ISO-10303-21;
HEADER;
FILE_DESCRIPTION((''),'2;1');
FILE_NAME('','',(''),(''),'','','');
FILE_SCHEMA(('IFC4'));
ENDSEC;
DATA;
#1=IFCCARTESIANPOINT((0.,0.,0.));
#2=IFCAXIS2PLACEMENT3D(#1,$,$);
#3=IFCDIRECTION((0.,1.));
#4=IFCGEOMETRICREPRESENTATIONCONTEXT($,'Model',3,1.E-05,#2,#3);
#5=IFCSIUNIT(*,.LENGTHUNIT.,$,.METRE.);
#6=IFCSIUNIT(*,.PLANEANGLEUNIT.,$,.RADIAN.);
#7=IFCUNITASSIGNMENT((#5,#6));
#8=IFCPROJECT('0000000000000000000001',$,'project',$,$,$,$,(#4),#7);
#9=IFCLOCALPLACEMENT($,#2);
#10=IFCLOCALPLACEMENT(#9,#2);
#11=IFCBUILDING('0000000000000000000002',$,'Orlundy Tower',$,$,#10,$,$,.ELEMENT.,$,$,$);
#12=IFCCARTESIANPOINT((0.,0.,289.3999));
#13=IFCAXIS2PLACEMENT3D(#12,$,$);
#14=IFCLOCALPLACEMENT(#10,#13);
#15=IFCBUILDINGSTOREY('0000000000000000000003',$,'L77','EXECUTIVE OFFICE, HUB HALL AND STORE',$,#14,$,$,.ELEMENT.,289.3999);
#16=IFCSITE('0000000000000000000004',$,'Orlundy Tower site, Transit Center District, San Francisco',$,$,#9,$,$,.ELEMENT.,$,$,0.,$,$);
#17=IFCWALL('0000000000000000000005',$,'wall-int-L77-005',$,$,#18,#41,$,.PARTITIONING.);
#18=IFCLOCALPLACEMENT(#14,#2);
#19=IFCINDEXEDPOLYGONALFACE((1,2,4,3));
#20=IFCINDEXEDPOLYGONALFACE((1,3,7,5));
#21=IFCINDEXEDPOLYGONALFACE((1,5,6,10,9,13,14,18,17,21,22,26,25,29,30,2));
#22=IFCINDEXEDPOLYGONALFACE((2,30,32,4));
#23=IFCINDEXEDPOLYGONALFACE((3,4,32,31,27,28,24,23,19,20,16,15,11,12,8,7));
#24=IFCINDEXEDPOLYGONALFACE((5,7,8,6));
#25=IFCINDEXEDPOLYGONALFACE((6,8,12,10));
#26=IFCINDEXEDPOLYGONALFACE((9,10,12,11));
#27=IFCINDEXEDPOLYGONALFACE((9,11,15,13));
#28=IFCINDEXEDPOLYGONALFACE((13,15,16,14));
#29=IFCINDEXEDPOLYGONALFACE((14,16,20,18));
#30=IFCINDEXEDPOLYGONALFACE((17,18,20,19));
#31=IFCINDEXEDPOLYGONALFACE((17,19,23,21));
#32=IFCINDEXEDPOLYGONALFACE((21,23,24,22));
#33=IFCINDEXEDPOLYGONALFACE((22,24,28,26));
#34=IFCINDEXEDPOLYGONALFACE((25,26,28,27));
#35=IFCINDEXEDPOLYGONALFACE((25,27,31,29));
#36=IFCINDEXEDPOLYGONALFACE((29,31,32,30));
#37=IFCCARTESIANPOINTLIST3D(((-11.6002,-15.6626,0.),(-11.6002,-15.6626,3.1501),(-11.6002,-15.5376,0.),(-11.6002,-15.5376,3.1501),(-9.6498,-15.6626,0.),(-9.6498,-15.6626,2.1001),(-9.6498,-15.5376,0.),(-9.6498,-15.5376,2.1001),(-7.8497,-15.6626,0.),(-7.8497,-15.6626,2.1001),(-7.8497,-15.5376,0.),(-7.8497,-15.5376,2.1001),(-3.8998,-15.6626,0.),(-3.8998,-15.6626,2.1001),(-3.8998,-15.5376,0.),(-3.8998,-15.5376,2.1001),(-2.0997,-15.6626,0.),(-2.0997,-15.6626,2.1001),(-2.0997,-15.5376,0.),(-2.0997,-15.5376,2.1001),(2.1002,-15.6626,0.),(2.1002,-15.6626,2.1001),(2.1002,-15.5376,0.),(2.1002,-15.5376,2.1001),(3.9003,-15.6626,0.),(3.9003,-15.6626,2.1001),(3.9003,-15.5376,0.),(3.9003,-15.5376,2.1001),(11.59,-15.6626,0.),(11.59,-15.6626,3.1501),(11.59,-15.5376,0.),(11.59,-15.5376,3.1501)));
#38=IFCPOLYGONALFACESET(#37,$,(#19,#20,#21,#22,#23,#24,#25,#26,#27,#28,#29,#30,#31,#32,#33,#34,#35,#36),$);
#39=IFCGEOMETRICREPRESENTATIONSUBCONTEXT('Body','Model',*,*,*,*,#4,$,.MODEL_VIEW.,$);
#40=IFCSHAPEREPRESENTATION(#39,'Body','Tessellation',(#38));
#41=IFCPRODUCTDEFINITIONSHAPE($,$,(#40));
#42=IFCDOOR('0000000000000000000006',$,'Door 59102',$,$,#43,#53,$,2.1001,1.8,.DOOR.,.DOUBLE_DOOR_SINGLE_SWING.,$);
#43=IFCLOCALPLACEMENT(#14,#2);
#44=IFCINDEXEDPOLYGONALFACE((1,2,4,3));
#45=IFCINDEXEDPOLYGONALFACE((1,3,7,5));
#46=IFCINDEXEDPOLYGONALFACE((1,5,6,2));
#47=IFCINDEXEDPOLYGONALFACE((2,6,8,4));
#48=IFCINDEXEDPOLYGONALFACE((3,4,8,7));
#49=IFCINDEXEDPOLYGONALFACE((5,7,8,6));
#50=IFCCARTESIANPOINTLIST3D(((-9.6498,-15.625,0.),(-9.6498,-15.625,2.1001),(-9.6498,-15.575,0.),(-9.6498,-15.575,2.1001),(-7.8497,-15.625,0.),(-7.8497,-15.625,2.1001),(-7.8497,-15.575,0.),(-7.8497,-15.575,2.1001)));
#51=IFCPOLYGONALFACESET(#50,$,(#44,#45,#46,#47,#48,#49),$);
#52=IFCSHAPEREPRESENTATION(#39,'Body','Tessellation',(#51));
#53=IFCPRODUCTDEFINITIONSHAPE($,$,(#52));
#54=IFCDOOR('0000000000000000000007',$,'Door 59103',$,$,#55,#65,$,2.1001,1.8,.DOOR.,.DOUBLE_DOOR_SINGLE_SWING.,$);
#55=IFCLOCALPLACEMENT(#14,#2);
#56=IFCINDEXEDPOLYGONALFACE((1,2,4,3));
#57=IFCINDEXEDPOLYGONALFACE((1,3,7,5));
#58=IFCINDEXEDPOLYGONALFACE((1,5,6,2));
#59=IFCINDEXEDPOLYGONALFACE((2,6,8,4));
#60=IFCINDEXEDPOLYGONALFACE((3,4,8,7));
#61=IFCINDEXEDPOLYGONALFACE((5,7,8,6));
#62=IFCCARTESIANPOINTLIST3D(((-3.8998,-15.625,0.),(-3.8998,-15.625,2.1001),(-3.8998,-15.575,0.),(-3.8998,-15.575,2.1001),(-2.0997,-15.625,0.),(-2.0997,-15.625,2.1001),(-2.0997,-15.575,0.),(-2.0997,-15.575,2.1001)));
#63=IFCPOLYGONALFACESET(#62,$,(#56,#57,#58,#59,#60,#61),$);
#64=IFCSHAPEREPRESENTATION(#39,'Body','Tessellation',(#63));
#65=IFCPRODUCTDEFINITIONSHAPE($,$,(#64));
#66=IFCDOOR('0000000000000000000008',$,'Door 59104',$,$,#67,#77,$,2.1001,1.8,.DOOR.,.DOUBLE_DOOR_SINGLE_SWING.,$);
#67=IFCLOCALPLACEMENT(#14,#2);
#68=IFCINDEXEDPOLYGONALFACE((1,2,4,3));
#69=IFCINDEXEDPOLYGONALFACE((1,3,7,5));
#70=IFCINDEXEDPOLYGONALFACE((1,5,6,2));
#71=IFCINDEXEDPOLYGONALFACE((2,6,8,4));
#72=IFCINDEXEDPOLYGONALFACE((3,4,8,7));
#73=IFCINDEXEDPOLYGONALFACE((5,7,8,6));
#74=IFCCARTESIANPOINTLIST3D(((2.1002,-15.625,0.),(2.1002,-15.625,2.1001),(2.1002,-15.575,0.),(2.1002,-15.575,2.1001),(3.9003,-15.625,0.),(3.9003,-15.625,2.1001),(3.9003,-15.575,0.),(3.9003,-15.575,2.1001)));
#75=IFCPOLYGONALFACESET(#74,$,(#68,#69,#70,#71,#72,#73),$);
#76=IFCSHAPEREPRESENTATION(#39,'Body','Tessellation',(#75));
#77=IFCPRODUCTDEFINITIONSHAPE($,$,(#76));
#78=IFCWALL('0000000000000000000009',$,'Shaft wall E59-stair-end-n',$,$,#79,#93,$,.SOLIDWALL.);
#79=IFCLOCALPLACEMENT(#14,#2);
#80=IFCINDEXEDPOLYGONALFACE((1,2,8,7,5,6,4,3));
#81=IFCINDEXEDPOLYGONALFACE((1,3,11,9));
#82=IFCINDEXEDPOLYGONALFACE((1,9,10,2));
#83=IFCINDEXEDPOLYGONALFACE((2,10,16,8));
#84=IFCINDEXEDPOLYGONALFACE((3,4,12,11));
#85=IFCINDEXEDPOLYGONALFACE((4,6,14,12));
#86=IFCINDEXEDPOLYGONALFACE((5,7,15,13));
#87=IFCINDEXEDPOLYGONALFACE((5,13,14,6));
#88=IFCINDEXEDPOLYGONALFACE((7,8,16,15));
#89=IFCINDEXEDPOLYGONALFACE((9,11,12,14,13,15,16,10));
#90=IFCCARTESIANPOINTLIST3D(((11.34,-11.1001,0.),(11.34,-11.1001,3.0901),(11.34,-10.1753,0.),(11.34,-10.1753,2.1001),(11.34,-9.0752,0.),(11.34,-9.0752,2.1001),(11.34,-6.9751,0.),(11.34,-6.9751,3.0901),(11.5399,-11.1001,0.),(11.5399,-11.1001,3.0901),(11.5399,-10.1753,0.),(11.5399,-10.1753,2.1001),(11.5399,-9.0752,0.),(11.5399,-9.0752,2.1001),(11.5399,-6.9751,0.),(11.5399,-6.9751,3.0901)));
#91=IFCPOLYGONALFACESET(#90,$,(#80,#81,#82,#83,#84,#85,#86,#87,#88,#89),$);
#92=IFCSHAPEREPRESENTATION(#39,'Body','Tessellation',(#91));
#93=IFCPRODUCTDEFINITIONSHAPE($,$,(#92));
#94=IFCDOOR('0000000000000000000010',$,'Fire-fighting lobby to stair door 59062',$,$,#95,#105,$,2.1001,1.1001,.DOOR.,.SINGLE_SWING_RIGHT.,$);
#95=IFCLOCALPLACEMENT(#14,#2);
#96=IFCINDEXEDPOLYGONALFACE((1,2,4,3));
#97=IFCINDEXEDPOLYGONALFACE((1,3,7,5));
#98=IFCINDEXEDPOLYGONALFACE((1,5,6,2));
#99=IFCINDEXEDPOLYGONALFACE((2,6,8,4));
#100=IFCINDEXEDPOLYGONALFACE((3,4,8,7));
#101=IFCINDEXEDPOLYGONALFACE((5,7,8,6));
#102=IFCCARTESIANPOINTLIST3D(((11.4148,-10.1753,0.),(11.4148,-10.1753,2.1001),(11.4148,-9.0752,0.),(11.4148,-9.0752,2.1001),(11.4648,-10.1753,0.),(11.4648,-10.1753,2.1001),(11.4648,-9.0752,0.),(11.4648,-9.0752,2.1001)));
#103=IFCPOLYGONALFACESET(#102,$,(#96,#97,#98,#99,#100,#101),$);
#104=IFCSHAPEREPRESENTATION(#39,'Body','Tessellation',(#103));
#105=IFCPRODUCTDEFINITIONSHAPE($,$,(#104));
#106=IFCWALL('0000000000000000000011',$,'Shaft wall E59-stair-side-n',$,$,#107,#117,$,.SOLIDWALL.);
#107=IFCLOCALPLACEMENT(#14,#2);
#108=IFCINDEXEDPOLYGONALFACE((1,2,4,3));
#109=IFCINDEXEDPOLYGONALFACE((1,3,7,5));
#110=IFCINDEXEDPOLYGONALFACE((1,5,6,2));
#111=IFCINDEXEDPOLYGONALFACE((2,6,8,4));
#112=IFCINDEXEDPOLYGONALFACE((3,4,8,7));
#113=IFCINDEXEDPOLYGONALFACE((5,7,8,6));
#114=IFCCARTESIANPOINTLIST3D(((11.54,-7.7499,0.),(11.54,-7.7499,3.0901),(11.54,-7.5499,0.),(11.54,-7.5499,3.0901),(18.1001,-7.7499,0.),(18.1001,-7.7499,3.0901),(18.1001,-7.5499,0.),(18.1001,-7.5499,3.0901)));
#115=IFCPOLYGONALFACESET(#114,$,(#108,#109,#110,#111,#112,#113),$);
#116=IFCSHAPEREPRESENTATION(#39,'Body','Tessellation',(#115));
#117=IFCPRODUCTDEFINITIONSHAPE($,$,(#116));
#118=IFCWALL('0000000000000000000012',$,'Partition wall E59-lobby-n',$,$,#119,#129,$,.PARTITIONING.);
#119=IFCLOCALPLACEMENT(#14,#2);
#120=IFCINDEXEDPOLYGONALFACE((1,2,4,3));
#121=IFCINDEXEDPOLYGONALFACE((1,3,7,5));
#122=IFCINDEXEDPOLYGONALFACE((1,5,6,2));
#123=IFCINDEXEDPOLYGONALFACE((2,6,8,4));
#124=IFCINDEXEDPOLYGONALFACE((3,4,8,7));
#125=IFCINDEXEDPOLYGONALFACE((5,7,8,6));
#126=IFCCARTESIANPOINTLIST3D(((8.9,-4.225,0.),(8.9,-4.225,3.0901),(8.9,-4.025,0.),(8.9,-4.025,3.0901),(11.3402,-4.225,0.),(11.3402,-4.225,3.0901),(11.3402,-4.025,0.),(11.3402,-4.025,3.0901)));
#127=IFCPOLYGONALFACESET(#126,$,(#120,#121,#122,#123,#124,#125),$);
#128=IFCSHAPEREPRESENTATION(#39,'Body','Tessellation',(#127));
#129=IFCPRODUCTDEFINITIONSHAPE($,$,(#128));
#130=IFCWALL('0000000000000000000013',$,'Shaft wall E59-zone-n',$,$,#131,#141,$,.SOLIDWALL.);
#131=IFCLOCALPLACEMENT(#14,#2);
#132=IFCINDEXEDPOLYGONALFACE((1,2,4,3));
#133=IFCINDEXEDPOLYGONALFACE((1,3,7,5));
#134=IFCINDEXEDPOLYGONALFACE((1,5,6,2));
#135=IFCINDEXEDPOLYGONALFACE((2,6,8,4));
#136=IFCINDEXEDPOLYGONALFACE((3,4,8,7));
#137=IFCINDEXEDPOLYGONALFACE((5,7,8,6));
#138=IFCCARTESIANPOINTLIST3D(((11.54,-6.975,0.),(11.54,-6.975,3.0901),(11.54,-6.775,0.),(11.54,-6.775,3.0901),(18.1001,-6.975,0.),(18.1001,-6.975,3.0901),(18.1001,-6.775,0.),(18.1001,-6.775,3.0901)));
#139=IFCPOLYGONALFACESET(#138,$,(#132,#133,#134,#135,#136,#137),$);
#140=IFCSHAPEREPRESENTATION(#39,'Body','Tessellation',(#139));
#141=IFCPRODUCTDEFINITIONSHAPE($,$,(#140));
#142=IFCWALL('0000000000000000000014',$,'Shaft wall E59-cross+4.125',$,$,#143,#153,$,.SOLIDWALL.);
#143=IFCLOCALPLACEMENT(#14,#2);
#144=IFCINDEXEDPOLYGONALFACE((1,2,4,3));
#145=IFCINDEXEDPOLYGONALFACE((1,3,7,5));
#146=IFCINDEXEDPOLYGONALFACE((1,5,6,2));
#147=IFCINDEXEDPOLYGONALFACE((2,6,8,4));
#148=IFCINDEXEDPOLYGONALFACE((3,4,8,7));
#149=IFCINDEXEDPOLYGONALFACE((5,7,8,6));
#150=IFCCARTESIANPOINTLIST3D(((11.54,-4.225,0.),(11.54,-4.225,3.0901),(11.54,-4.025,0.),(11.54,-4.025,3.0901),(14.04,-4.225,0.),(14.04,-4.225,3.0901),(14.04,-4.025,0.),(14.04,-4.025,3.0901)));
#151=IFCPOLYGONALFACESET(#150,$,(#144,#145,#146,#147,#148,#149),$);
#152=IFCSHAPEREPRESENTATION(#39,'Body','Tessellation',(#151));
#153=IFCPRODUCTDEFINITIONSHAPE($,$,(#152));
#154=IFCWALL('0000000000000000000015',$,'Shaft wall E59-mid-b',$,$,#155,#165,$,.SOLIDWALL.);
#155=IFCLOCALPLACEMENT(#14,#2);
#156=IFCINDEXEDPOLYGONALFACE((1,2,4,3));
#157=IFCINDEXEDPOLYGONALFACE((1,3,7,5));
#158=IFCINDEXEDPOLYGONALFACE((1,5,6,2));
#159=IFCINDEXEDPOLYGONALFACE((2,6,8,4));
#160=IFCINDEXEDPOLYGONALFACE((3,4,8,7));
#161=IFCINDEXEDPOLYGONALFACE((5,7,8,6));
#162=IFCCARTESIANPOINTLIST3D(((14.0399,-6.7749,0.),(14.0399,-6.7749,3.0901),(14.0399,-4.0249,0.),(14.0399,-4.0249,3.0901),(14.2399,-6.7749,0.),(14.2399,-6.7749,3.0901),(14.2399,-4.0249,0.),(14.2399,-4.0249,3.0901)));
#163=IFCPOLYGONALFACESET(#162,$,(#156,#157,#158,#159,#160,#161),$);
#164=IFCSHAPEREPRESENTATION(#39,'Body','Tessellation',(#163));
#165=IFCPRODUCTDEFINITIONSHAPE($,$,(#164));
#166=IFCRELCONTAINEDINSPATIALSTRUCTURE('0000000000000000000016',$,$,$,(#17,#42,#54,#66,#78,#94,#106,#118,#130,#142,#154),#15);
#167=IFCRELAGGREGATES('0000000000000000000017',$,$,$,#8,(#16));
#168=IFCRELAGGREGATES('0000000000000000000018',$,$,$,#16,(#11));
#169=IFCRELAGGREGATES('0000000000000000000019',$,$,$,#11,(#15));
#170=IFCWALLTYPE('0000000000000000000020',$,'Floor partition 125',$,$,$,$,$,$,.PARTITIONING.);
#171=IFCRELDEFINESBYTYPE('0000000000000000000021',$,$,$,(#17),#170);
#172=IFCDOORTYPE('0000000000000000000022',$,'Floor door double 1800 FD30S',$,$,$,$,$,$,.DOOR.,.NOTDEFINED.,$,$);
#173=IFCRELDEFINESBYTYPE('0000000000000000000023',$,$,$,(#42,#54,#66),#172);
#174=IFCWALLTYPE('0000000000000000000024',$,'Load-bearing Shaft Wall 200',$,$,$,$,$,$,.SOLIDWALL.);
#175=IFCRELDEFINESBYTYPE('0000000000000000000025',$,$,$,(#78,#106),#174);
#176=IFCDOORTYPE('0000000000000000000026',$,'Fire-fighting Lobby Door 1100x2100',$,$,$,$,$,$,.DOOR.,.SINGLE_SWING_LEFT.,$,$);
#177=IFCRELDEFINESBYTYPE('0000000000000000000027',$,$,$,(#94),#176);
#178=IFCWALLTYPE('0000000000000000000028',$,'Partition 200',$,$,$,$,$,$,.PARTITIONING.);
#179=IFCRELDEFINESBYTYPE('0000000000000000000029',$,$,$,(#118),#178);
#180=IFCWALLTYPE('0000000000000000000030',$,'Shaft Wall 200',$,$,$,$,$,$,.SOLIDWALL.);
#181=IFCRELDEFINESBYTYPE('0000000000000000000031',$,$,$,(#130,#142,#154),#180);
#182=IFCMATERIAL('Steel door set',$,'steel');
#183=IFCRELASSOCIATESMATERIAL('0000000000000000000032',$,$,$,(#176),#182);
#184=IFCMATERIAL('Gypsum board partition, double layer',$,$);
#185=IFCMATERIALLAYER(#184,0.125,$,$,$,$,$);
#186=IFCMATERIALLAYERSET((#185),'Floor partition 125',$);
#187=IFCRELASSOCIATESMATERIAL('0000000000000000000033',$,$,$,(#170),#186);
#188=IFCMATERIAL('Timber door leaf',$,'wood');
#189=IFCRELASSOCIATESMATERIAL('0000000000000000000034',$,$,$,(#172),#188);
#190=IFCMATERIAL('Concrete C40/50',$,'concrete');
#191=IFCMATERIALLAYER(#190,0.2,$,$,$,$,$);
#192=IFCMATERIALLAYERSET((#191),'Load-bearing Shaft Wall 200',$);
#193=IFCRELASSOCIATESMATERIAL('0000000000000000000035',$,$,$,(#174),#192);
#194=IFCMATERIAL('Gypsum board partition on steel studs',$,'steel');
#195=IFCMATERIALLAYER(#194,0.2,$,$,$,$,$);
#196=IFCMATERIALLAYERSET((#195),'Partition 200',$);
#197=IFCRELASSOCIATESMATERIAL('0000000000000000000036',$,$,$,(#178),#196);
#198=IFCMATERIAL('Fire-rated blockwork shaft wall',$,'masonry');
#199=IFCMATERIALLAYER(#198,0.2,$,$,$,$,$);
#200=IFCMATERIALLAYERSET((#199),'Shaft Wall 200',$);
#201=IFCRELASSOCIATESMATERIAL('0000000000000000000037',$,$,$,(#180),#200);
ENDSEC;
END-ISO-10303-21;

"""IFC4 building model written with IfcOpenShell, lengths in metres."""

from ifc_helpers import new_model, si_unit, direction, frame, frame_2d, origin, place, context, subcontext, project, spatial, rectangle, extrude, material, layer, layer_set, type_object, element, fill, save


model = new_model("IFC4")

# Units and contexts
model_context = context("Model", 3, precision=1e-05, world=origin(), true_north=direction((0.0, 1.0)))
body_context = subcontext(model_context, "Body", "Model", "MODEL_VIEW")
ifc_project = project(units=[si_unit("LENGTHUNIT", "METRE"), si_unit("PLANEANGLEUNIT", "RADIAN")], contexts=[model_context])

# Site, building, storey
site_placement = place(None, origin())
site = spatial("IfcSite", under=ifc_project, at=site_placement, Name="Orlundy Tower site, Transit Center District, San Francisco", CompositionType="ELEMENT", RefElevation=0.0)
building_placement = place(site_placement, origin())
building = spatial("IfcBuilding", under=site, at=building_placement, Name="Orlundy Tower", CompositionType="ELEMENT")
storey_placement = place(building_placement, frame((0.0, 0.0, 289.3999)))
storey = spatial("IfcBuildingStorey", under=building, at=storey_placement, Name="L77", Description="EXECUTIVE OFFICE, HUB HALL AND STORE", CompositionType="ELEMENT", Elevation=289.3999)

# Wall, openings, doors
ifc_material_1 = material(Name="Steel door set", Category="steel")
door_type_1 = type_object("IfcDoorType", Name="Fire-fighting Lobby Door 1100x2100", OperationType="SINGLE_SWING_LEFT", PredefinedType="DOOR", material=ifc_material_1)
ifc_material_2 = material(Name="Gypsum board partition, double layer")
ifc_layer_1 = layer(ifc_material_2, 0.125)
ifc_layer_set_1 = layer_set([ifc_layer_1], Name="Floor partition 125")
wall_type_1 = type_object("IfcWallType", Name="Floor partition 125", PredefinedType="PARTITIONING", material=ifc_layer_set_1)
wall_1_placement = place(storey_placement, frame((11.5901, -15.6001, 0.0), z_axis=(0.0, 0.0, 1.0), x_axis=(-1.0, 0.0, 0.0)))
wall_1 = element("IfcWall", 1, at=wall_1_placement, inside=storey, type_object=wall_type_1, Name="wall-int-L77-005", PredefinedType="PARTITIONING", context=body_context, shape_type="SweptSolid", body=[
    extrude(rectangle(XDim=23.1902, YDim=0.125, at=frame_2d((11.5952, 0.0))), origin(), (0.0, 0.0, 1.0), 3.1501),
])
opening_1_placement = place(wall_1_placement, frame((19.4399, 0.0, 0.0)))
opening_1 = element("IfcOpeningElement", 2, at=opening_1_placement, cuts=wall_1, PredefinedType="OPENING", context=body_context, shape_type="SweptSolid", body=[
    extrude(rectangle(XDim=1.8, YDim=2.1001, at=frame_2d((0.8999, 1.05))), frame((0.0, 0.0725, 0.0), z_axis=(0.0, -1.0, 0.0), x_axis=(1.0, 0.0, 0.0)), (0.0, 0.0, 1.0), 0.145),
])
opening_2_placement = place(wall_1_placement, frame((13.6899, 0.0, 0.0)))
opening_2 = element("IfcOpeningElement", 3, at=opening_2_placement, cuts=wall_1, PredefinedType="OPENING", context=body_context, shape_type="SweptSolid", body=[
    extrude(rectangle(XDim=1.8, YDim=2.1001, at=frame_2d((0.8999, 1.05))), frame((0.0, 0.0725, 0.0), z_axis=(0.0, -1.0, 0.0), x_axis=(1.0, 0.0, 0.0)), (0.0, 0.0, 1.0), 0.145),
])
opening_3_placement = place(wall_1_placement, frame((7.6899, 0.0, 0.0)))
opening_3 = element("IfcOpeningElement", 4, at=opening_3_placement, cuts=wall_1, PredefinedType="OPENING", context=body_context, shape_type="SweptSolid", body=[
    extrude(rectangle(XDim=1.8, YDim=2.1001, at=frame_2d((0.8999, 1.05))), frame((0.0, 0.0725, 0.0), z_axis=(0.0, -1.0, 0.0), x_axis=(1.0, 0.0, 0.0)), (0.0, 0.0, 1.0), 0.145),
])
ifc_material_3 = material(Name="Timber door leaf", Category="wood")
door_type_2 = type_object("IfcDoorType", Name="Floor door double 1800 FD30S", OperationType="NOTDEFINED", PredefinedType="DOOR", material=ifc_material_3)
door_1_placement = place(opening_1_placement, origin())
door_1 = element("IfcDoor", 5, at=door_1_placement, inside=storey, type_object=door_type_2, Name="Door 59102", OperationType="DOUBLE_DOOR_SINGLE_SWING", OverallHeight=2.1001, OverallWidth=1.8, PredefinedType="DOOR", context=body_context, shape_type="SweptSolid", body=[
    extrude(rectangle(XDim=1.8, YDim=2.1001, at=frame_2d((0.8999, 1.05))), frame((0.0, 0.0249, 0.0), z_axis=(0.0, -1.0, 0.0), x_axis=(1.0, 0.0, 0.0)), (0.0, 0.0, 1.0), 0.05),
])
fill(opening_1, door_1)
door_2_placement = place(opening_2_placement, origin())
door_2 = element("IfcDoor", 6, at=door_2_placement, inside=storey, type_object=door_type_2, Name="Door 59103", OperationType="DOUBLE_DOOR_SINGLE_SWING", OverallHeight=2.1001, OverallWidth=1.8, PredefinedType="DOOR", context=body_context, shape_type="SweptSolid", body=[
    extrude(rectangle(XDim=1.8, YDim=2.1001, at=frame_2d((0.8999, 1.05))), frame((0.0, 0.0249, 0.0), z_axis=(0.0, -1.0, 0.0), x_axis=(1.0, 0.0, 0.0)), (0.0, 0.0, 1.0), 0.05),
])
fill(opening_2, door_2)
door_3_placement = place(opening_3_placement, origin())
door_3 = element("IfcDoor", 7, at=door_3_placement, inside=storey, type_object=door_type_2, Name="Door 59104", OperationType="DOUBLE_DOOR_SINGLE_SWING", OverallHeight=2.1001, OverallWidth=1.8, PredefinedType="DOOR", context=body_context, shape_type="SweptSolid", body=[
    extrude(rectangle(XDim=1.8, YDim=2.1001, at=frame_2d((0.8999, 1.05))), frame((0.0, 0.0249, 0.0), z_axis=(0.0, -1.0, 0.0), x_axis=(1.0, 0.0, 0.0)), (0.0, 0.0, 1.0), 0.05),
])
fill(opening_3, door_3)

# Wall, opening, door
ifc_material_4 = material(Name="Concrete C40/50", Category="concrete")
ifc_layer_2 = layer(ifc_material_4, 0.2)
ifc_layer_set_2 = layer_set([ifc_layer_2], Name="Load-bearing Shaft Wall 200")
wall_type_2 = type_object("IfcWallType", Name="Load-bearing Shaft Wall 200", PredefinedType="SOLIDWALL", material=ifc_layer_set_2)
wall_2_placement = place(storey_placement, frame((11.4399, -6.9751, 0.0), z_axis=(0.0, 0.0, 1.0), x_axis=(0.0, -1.0, 0.0)))
wall_2 = element("IfcWall", 8, at=wall_2_placement, inside=storey, type_object=wall_type_2, Name="Shaft wall E59-stair-end-n", PredefinedType="SOLIDWALL", context=body_context, shape_type="SweptSolid", body=[
    extrude(rectangle(XDim=4.125, YDim=0.2, at=frame_2d((2.0625, 0.0))), origin(), (0.0, 0.0, 1.0), 3.0901),
])
opening_4_placement = place(wall_2_placement, frame((2.1001, 0.0, 0.0)))
opening_4 = element("IfcOpeningElement", 9, at=opening_4_placement, cuts=wall_2, PredefinedType="OPENING", context=body_context, shape_type="SweptSolid", body=[
    extrude(rectangle(XDim=1.1001, YDim=2.1001, at=frame_2d((0.55, 1.05))), frame((0.0, 0.1101, 0.0), z_axis=(0.0, -1.0, 0.0), x_axis=(1.0, 0.0, 0.0)), (0.0, 0.0, 1.0), 0.2202),
])
door_4_placement = place(opening_4_placement, origin())
door_4 = element("IfcDoor", 10, at=door_4_placement, inside=storey, type_object=door_type_1, Name="Fire-fighting lobby to stair door 59062", OperationType="SINGLE_SWING_RIGHT", OverallHeight=2.1001, OverallWidth=1.1001, PredefinedType="DOOR", context=body_context, shape_type="SweptSolid", body=[
    extrude(rectangle(XDim=1.1001, YDim=2.1001, at=frame_2d((0.55, 1.05))), frame((0.0, 0.0249, 0.0), z_axis=(0.0, -1.0, 0.0), x_axis=(1.0, 0.0, 0.0)), (0.0, 0.0, 1.0), 0.05),
])
fill(opening_4, door_4)

# Walls
wall_3_placement = place(storey_placement, frame((11.54, -7.6499, 0.0), z_axis=(0.0, 0.0, 1.0), x_axis=(1.0, 0.0, 0.0)))
element("IfcWall", 11, at=wall_3_placement, inside=storey, type_object=wall_type_2, Name="Shaft wall E59-stair-side-n", PredefinedType="SOLIDWALL", context=body_context, shape_type="SweptSolid", body=[
    extrude(rectangle(XDim=6.5601, YDim=0.2, at=frame_2d((3.28, 0.0))), origin(), (0.0, 0.0, 1.0), 3.0901),
])
ifc_material_5 = material(Name="Gypsum board partition on steel studs", Category="steel")
ifc_layer_3 = layer(ifc_material_5, 0.2)
ifc_layer_set_3 = layer_set([ifc_layer_3], Name="Partition 200")
wall_type_3 = type_object("IfcWallType", Name="Partition 200", PredefinedType="PARTITIONING", material=ifc_layer_set_3)
wall_4_placement = place(storey_placement, frame((8.8999, -4.125, 0.0), z_axis=(0.0, 0.0, 1.0), x_axis=(1.0, 0.0, 0.0)))
element("IfcWall", 12, at=wall_4_placement, inside=storey, type_object=wall_type_3, Name="Partition wall E59-lobby-n", PredefinedType="PARTITIONING", context=body_context, shape_type="SweptSolid", body=[
    extrude(rectangle(XDim=2.4402, YDim=0.2, at=frame_2d((1.2202, 0.0))), origin(), (0.0, 0.0, 1.0), 3.0901),
])
ifc_material_6 = material(Name="Fire-rated blockwork shaft wall", Category="masonry")
ifc_layer_4 = layer(ifc_material_6, 0.2)
ifc_layer_set_4 = layer_set([ifc_layer_4], Name="Shaft Wall 200")
wall_type_4 = type_object("IfcWallType", Name="Shaft Wall 200", PredefinedType="SOLIDWALL", material=ifc_layer_set_4)
wall_5_placement = place(storey_placement, frame((11.54, -6.875, 0.0), z_axis=(0.0, 0.0, 1.0), x_axis=(1.0, 0.0, 0.0)))
element("IfcWall", 13, at=wall_5_placement, inside=storey, type_object=wall_type_4, Name="Shaft wall E59-zone-n", PredefinedType="SOLIDWALL", context=body_context, shape_type="SweptSolid", body=[
    extrude(rectangle(XDim=6.5601, YDim=0.2, at=frame_2d((3.28, 0.0))), origin(), (0.0, 0.0, 1.0), 3.0901),
])
wall_6_placement = place(storey_placement, frame((11.54, -4.125, 0.0), z_axis=(0.0, 0.0, 1.0), x_axis=(1.0, 0.0, 0.0)))
element("IfcWall", 14, at=wall_6_placement, inside=storey, type_object=wall_type_4, Name="Shaft wall E59-cross+4.125", PredefinedType="SOLIDWALL", context=body_context, shape_type="SweptSolid", body=[
    extrude(rectangle(XDim=2.5, YDim=0.2, at=frame_2d((1.25, 0.0))), origin(), (0.0, 0.0, 1.0), 3.0901),
])
for number, where, z_axis, x_axis, name in (
    (15, (14.1399, -4.0249, 0.0), (0.0, 0.0, 1.0), (0.0, -1.0, 0.0), "Shaft wall E59-mid-b"),
):
    element("IfcWall", number, at=place(storey_placement, frame(where, z_axis=z_axis, x_axis=x_axis)), inside=storey, type_object=wall_type_4, Name=name, PredefinedType="SOLIDWALL", context=body_context, shape_type="SweptSolid", body=[
        extrude(rectangle(XDim=2.75, YDim=0.2, at=frame_2d((1.375, 0.0))), origin(), (0.0, 0.0, 1.0), 3.0901),
    ])

save(model, "model.ifc")
